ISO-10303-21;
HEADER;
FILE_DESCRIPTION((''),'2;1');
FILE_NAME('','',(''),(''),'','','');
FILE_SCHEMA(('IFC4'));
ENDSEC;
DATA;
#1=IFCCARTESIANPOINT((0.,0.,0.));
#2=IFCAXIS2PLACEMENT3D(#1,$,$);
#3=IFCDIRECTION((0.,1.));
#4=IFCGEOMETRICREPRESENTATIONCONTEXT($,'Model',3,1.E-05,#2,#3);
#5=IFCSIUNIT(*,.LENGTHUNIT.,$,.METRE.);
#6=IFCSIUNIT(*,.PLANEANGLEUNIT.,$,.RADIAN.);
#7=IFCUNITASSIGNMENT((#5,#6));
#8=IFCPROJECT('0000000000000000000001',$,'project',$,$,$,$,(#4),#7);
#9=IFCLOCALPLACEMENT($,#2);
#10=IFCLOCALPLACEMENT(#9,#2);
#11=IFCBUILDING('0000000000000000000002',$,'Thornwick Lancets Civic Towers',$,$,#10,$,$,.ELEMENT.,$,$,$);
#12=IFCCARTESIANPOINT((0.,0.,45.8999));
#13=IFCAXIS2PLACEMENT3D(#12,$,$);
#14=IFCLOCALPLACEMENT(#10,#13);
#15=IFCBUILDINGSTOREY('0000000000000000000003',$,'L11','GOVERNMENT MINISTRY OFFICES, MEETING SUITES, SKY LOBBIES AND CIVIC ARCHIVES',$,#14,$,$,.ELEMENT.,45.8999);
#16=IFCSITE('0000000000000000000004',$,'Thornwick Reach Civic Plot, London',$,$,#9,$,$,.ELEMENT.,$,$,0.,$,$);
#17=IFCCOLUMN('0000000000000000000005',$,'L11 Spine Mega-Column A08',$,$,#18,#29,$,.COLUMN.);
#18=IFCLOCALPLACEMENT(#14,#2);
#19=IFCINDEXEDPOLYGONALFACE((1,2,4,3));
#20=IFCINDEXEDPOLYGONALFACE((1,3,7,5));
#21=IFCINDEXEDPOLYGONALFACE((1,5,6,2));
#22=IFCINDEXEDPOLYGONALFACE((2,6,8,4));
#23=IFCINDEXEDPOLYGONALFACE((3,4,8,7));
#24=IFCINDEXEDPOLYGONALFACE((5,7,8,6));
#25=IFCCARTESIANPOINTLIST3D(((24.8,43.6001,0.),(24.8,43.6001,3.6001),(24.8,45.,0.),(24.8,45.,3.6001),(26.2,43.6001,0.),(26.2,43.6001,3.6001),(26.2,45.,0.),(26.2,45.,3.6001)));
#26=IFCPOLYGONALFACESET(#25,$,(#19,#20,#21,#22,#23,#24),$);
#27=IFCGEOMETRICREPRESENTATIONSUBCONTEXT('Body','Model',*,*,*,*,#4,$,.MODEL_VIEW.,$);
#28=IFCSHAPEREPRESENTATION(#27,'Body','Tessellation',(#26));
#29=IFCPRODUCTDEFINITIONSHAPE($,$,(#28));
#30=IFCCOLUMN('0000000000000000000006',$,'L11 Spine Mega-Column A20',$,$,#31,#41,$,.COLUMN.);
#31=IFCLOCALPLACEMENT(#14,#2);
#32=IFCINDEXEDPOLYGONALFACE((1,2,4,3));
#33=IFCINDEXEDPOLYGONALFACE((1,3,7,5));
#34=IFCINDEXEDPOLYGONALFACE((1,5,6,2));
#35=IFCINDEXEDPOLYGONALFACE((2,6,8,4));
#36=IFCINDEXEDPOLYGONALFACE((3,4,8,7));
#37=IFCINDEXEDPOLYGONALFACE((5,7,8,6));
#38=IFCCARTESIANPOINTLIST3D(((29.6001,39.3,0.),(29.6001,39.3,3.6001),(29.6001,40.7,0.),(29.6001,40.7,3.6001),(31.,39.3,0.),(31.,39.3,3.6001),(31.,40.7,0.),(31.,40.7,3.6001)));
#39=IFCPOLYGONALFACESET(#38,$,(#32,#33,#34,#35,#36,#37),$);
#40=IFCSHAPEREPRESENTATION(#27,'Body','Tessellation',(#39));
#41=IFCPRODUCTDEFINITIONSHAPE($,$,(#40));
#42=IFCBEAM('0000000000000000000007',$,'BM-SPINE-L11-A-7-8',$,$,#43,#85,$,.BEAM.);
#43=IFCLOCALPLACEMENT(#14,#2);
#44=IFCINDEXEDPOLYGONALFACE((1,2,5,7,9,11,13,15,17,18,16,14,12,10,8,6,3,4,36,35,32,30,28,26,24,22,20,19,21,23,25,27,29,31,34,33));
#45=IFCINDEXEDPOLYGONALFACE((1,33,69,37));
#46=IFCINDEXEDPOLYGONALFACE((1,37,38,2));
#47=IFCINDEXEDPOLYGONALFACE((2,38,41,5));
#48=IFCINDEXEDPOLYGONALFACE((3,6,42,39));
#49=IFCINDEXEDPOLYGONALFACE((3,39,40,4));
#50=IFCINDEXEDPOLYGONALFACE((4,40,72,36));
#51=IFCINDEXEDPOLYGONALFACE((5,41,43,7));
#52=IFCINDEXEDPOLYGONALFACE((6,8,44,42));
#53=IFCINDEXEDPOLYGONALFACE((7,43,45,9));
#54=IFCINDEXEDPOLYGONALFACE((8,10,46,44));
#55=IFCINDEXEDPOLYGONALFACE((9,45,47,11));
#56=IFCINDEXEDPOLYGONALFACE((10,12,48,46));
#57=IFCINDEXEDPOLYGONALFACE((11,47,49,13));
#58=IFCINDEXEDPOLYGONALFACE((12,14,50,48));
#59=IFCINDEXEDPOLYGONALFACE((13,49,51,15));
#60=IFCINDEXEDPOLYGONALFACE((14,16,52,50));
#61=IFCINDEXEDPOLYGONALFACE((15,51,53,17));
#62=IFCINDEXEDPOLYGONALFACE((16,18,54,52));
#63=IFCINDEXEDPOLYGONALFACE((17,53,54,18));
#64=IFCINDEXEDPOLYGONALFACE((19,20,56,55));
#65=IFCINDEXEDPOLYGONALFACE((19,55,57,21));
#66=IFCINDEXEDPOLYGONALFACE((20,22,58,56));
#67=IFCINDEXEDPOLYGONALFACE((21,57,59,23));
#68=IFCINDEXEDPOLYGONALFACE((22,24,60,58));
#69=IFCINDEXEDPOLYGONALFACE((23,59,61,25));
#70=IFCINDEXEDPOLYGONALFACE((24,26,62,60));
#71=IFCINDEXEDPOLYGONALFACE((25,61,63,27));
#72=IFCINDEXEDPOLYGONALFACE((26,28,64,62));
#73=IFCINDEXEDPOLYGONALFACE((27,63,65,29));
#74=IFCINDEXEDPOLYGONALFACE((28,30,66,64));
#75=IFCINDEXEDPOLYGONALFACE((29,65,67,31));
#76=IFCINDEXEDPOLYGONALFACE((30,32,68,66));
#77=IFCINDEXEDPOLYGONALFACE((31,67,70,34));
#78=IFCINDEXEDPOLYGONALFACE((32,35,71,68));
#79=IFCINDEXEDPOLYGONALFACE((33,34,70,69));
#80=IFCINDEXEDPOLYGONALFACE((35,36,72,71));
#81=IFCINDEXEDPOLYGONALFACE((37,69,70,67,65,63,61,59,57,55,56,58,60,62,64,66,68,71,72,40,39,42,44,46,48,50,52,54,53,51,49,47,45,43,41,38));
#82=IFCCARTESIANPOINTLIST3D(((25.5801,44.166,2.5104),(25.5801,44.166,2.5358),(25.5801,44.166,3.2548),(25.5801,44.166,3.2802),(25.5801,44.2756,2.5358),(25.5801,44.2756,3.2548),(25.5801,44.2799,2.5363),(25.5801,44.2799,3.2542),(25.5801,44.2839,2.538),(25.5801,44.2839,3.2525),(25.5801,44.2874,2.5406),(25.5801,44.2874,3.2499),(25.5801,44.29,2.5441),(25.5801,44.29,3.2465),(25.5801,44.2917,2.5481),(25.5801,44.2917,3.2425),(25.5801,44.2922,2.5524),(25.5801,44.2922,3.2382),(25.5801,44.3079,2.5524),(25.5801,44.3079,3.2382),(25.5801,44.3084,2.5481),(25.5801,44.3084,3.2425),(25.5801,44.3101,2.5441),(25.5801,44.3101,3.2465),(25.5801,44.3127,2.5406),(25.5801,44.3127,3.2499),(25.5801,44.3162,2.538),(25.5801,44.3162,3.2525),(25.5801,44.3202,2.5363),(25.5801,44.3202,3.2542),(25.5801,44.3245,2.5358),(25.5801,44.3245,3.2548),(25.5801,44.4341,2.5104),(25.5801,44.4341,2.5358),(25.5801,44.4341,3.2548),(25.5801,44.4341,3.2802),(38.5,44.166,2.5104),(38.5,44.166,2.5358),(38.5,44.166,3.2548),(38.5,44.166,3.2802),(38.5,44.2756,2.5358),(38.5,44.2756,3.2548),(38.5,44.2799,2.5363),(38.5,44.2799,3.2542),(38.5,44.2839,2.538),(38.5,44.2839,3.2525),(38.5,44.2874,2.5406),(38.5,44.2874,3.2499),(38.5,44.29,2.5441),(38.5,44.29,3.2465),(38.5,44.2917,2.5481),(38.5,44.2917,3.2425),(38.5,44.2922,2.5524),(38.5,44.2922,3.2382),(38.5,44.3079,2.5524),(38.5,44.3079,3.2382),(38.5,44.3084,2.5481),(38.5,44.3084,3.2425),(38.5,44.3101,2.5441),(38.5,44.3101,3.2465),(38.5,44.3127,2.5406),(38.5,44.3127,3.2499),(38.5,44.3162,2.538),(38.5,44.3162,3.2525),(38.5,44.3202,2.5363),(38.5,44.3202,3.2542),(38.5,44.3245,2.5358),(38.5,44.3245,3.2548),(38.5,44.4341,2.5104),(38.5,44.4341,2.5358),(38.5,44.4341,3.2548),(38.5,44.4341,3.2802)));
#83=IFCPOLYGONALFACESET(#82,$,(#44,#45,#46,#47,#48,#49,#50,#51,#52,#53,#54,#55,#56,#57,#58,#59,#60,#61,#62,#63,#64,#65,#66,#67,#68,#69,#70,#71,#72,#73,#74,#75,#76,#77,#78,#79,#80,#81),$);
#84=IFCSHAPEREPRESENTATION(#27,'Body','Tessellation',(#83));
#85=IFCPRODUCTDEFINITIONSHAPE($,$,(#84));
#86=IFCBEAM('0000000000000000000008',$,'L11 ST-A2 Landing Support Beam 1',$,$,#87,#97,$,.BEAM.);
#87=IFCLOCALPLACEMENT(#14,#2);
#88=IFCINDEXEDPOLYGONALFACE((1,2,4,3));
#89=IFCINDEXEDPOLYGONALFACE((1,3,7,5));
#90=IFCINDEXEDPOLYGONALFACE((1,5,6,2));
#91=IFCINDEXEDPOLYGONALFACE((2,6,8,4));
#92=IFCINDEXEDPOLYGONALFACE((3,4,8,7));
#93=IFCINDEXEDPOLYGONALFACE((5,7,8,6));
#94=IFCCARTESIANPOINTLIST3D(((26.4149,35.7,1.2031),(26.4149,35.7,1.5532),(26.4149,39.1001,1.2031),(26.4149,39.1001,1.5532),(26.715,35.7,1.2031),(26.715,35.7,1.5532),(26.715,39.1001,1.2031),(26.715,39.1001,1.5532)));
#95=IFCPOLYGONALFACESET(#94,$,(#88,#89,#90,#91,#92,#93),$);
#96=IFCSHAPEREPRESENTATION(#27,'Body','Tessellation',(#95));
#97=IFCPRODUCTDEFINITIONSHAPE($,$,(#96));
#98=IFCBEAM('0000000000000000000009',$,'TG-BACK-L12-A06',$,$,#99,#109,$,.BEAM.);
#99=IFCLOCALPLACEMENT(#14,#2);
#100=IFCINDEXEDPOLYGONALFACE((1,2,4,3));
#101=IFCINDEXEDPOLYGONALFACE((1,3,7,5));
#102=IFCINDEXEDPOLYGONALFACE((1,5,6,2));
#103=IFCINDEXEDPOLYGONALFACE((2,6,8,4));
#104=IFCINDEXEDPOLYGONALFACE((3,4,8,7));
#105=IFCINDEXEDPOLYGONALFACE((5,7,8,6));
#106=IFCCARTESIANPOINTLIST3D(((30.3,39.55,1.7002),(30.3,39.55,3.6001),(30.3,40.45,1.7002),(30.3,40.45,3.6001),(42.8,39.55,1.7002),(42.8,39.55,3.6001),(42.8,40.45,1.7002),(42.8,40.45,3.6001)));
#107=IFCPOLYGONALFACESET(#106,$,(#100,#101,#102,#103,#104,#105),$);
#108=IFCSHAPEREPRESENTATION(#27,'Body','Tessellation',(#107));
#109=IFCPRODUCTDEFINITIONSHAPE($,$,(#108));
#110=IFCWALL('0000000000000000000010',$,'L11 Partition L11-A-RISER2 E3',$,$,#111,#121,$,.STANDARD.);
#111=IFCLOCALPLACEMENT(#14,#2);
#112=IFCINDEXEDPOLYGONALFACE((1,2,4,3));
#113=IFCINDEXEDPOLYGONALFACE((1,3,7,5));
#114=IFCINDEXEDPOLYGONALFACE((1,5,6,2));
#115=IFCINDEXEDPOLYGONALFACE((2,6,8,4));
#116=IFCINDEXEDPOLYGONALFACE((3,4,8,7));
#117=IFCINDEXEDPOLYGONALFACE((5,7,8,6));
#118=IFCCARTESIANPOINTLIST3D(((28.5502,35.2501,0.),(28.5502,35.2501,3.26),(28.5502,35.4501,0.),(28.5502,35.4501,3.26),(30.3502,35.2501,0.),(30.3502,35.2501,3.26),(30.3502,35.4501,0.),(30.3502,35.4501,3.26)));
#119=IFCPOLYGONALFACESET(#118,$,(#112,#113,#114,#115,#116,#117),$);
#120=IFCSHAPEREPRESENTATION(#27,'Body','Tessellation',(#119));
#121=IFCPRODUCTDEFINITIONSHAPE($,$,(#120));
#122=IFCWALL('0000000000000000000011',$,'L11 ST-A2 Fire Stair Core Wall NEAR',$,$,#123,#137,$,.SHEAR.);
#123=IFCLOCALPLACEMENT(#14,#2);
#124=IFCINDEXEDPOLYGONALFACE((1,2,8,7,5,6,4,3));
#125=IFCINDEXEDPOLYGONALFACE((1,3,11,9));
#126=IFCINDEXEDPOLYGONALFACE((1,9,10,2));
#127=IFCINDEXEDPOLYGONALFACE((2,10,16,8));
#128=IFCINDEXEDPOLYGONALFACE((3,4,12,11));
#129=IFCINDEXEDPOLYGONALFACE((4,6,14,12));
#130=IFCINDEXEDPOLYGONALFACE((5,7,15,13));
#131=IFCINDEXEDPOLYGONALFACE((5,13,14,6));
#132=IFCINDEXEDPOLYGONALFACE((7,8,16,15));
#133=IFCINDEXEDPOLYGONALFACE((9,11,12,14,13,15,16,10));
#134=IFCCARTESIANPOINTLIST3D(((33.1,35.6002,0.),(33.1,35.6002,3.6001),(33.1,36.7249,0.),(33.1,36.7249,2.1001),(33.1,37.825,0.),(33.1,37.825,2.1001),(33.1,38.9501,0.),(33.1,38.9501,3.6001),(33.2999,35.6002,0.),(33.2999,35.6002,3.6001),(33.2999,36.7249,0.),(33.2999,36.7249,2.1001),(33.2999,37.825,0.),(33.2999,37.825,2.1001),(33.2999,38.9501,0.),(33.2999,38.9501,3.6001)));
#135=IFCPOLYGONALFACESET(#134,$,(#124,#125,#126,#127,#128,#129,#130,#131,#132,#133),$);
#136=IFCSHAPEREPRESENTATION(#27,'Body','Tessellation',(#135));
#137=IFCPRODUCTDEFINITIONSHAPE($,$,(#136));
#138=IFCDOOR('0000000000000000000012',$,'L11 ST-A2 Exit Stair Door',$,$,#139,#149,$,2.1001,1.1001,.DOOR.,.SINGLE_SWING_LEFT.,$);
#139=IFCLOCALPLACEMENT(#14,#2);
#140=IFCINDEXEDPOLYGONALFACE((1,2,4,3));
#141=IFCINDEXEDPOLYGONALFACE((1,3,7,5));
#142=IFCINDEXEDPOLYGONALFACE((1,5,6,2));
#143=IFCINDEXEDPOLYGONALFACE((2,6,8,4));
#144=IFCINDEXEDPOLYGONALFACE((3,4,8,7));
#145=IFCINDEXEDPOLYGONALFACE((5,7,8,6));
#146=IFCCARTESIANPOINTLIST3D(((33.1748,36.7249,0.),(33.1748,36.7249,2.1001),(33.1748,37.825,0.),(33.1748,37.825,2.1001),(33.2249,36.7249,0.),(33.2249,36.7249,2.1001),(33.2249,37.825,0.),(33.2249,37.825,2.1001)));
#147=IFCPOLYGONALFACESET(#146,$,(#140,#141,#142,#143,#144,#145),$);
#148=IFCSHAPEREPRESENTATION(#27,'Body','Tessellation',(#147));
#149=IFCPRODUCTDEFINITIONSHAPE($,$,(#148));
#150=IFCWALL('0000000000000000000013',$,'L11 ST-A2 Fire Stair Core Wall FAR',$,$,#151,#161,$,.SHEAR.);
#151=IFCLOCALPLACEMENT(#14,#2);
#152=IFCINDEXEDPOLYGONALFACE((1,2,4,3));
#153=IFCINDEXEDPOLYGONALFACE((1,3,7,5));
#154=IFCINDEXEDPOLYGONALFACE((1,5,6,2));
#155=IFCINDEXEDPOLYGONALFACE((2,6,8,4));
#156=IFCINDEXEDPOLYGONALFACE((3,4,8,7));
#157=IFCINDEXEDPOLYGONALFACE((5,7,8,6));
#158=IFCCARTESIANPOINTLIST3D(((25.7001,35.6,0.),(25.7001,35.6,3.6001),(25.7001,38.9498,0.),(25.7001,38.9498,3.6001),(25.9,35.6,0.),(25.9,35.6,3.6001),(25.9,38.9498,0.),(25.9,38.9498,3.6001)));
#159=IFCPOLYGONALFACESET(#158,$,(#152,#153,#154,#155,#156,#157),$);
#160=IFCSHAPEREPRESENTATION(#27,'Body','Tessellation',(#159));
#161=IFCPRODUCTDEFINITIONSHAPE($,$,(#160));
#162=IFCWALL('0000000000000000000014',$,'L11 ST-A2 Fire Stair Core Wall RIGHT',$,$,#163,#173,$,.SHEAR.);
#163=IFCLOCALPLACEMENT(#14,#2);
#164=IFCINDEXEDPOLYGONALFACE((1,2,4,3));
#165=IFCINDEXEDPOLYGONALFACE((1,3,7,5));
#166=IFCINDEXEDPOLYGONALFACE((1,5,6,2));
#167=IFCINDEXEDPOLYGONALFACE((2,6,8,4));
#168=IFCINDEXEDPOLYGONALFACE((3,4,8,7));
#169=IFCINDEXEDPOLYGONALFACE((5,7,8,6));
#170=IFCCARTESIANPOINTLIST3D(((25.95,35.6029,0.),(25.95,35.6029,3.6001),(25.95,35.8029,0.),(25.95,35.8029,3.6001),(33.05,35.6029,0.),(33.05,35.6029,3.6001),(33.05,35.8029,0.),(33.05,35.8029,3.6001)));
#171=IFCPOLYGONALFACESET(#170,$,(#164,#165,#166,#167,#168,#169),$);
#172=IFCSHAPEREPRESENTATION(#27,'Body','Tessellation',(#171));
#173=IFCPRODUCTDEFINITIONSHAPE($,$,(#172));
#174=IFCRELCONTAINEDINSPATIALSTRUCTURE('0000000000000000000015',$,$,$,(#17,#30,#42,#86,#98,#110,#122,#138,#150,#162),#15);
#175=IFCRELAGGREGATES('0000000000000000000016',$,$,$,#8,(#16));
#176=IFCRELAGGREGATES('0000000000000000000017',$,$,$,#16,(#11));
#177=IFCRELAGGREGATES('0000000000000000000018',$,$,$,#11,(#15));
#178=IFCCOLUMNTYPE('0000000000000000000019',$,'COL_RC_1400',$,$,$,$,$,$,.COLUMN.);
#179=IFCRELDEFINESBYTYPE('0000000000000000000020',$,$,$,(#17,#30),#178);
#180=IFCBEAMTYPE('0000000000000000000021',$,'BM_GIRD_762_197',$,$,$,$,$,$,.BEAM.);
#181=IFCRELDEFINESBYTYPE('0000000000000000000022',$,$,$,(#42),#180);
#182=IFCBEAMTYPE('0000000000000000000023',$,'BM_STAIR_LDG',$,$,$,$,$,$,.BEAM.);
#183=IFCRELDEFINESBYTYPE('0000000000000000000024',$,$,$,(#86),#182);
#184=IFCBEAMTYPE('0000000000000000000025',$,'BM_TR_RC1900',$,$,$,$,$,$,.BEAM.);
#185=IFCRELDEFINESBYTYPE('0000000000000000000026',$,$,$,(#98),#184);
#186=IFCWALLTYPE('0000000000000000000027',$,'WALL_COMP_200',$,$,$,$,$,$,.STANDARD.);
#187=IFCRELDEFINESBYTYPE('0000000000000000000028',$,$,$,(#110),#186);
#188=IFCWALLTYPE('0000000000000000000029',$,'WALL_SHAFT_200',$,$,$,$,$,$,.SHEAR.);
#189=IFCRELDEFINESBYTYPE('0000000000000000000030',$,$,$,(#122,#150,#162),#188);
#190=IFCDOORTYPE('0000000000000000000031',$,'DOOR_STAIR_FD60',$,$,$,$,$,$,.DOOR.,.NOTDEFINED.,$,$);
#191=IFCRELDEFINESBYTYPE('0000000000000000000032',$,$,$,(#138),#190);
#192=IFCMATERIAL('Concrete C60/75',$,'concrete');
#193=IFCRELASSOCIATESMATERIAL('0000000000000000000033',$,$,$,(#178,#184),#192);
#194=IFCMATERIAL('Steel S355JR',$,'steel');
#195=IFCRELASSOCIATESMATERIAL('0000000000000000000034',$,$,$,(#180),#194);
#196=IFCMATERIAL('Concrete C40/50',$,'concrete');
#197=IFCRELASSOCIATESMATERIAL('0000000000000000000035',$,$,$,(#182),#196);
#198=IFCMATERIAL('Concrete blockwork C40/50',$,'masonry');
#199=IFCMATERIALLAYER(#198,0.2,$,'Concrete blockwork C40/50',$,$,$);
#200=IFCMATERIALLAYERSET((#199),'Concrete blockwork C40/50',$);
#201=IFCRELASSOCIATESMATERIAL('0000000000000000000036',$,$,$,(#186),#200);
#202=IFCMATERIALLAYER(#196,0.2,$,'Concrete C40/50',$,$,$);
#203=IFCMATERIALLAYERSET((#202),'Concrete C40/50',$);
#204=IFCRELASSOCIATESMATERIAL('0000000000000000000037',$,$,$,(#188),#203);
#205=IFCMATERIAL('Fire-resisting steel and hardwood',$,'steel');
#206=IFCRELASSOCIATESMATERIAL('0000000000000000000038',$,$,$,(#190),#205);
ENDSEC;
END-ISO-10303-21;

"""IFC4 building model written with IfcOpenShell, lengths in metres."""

from ifc_helpers import new_model, si_unit, direction, frame, frame_2d, origin, origin_2d, place, context, subcontext, project, spatial, rectangle, i_section, extrude, material, layer, layer_set, material_profile, profile_set, type_object, element, fill, save


model = new_model("IFC4")

# Units and contexts
model_context = context("Model", 3, precision=1e-05, world=origin(), true_north=direction((0.0, 1.0)))
body_context = subcontext(model_context, "Body", "Model", "MODEL_VIEW")
ifc_project = project(units=[si_unit("LENGTHUNIT", "METRE"), si_unit("PLANEANGLEUNIT", "RADIAN")], contexts=[model_context])

# Site, building, storey
site_placement = place(None, origin())
site = spatial("IfcSite", under=ifc_project, at=site_placement, Name="Thornwick Reach Civic Plot, London", CompositionType="ELEMENT", RefElevation=0.0)
building_placement = place(site_placement, origin())
building = spatial("IfcBuilding", under=site, at=building_placement, Name="Thornwick Lancets Civic Towers", CompositionType="ELEMENT")
storey_placement = place(building_placement, frame((0.0, 0.0, 45.8999)))
storey = spatial("IfcBuildingStorey", under=building, at=storey_placement, Name="L11", Description="GOVERNMENT MINISTRY OFFICES, MEETING SUITES, SKY LOBBIES AND CIVIC ARCHIVES", CompositionType="ELEMENT", Elevation=45.8999)

# Columns
ifc_material_1 = material(Name="Concrete C60/75", Category="concrete")
ifc_material_profile_1 = material_profile(ifc_material_1, rectangle(XDim=1.3999, YDim=1.3999, at=origin_2d()), Name="RC 1400x1400")
ifc_profile_set_1 = profile_set([ifc_material_profile_1], Name="Concrete C60/75")
column_type = type_object("IfcColumnType", Name="COL_RC_1400", PredefinedType="COLUMN", material=ifc_profile_set_1)
for number, where, z_axis, x_axis, name in (
    (1, (25.5, 44.3, 0.0), (0.0, 0.0, 1.0), (1.0, 0.0, 0.0), "L11 Spine Mega-Column A08"),
    (2, (30.3, 40.0, 0.0), (0.0, 0.0, 1.0), (1.0, 0.0, 0.0), "L11 Spine Mega-Column A20"),
):
    element("IfcColumn", number, at=place(storey_placement, frame(where, z_axis=z_axis, x_axis=x_axis)), inside=storey, type_object=column_type, Name=name, PredefinedType="COLUMN", context=body_context, shape_type="SweptSolid", body=[
        extrude(rectangle(XDim=1.3999, YDim=1.3999, at=origin_2d()), origin(), (0.0, 0.0, 1.0), 3.6001),
    ])

# Beams
ifc_material_2 = material(Name="Steel S355JR", Category="steel")
ifc_material_profile_2 = material_profile(ifc_material_2, i_section(OverallWidth=0.2681, OverallDepth=0.7698, WebThickness=0.0156, FlangeThickness=0.0254, FilletRadius=0.0166, at=origin_2d()), Name="UKB 762x267x197")
ifc_profile_set_2 = profile_set([ifc_material_profile_2], Name="Steel S355JR")
beam_type_1 = type_object("IfcBeamType", Name="BM_GIRD_762_197", PredefinedType="BEAM", material=ifc_profile_set_2)
beam_1_placement = place(storey_placement, frame((25.5801, 44.3, 2.8953), z_axis=(1.0, 0.0, 0.0), x_axis=(0.0, 1.0, 0.0)))
element("IfcBeam", 3, at=beam_1_placement, inside=storey, type_object=beam_type_1, Name="BM-SPINE-L11-A-7-8", PredefinedType="BEAM", context=body_context, shape_type="SweptSolid", body=[
    extrude(i_section(OverallWidth=0.2681, OverallDepth=0.7698, WebThickness=0.0156, FlangeThickness=0.0254, FilletRadius=0.0166, at=origin_2d()), origin(), (0.0, 0.0, 1.0), 12.9199),
])
ifc_material_3 = material(Name="Concrete C40/50", Category="concrete")
ifc_material_profile_3 = material_profile(ifc_material_3, rectangle(XDim=0.3, YDim=0.3501, at=origin_2d()), Name="RC 300x350")
ifc_profile_set_3 = profile_set([ifc_material_profile_3], Name="Concrete C40/50")
beam_type_2 = type_object("IfcBeamType", Name="BM_STAIR_LDG", PredefinedType="BEAM", material=ifc_profile_set_3)
beam_2_placement = place(storey_placement, frame((26.5649, 39.1001, 1.3782), z_axis=(0.0, -1.0, 0.0), x_axis=(1.0, 0.0, 0.0)))
element("IfcBeam", 4, at=beam_2_placement, inside=storey, type_object=beam_type_2, Name="L11 ST-A2 Landing Support Beam 1", PredefinedType="BEAM", context=body_context, shape_type="SweptSolid", body=[
    extrude(rectangle(XDim=0.3, YDim=0.3501, at=origin_2d()), origin(), (0.0, 0.0, 1.0), 3.4001),
])
ifc_material_profile_4 = material_profile(ifc_material_1, rectangle(XDim=0.8999, YDim=1.8999, at=origin_2d()), Name="RC 900x1900")
ifc_profile_set_4 = profile_set([ifc_material_profile_4], Name="Concrete C60/75")
beam_type_3 = type_object("IfcBeamType", Name="BM_TR_RC1900", PredefinedType="BEAM", material=ifc_profile_set_4)
beam_3_placement = place(storey_placement, frame((30.3, 40.0, 2.6501), z_axis=(1.0, 0.0, 0.0), x_axis=(0.0, 1.0, 0.0)))
element("IfcBeam", 5, at=beam_3_placement, inside=storey, type_object=beam_type_3, Name="TG-BACK-L12-A06", PredefinedType="BEAM", context=body_context, shape_type="SweptSolid", body=[
    extrude(rectangle(XDim=0.8999, YDim=1.8999, at=origin_2d()), origin(), (0.0, 0.0, 1.0), 12.5),
])

# Wall
ifc_material_4 = material(Name="Concrete blockwork C40/50", Category="masonry")
ifc_layer_1 = layer(ifc_material_4, 0.2, Name="Concrete blockwork C40/50")
ifc_layer_set_1 = layer_set([ifc_layer_1], Name="Concrete blockwork C40/50")
wall_type_1 = type_object("IfcWallType", Name="WALL_COMP_200", PredefinedType="STANDARD", material=ifc_layer_set_1)
wall_1_placement = place(storey_placement, frame((30.3501, 35.3501, 0.0), z_axis=(0.0, 0.0, 1.0), x_axis=(-1.0, 0.0, 0.0)))
element("IfcWall", 6, at=wall_1_placement, inside=storey, type_object=wall_type_1, Name="L11 Partition L11-A-RISER2 E3", PredefinedType="STANDARD", context=body_context, shape_type="SweptSolid", body=[
    extrude(rectangle(XDim=1.8, YDim=0.2, at=frame_2d((0.8999, 0.0))), origin(), (0.0, 0.0, 1.0), 3.26),
])

# Wall, opening, door
ifc_layer_2 = layer(ifc_material_3, 0.2, Name="Concrete C40/50")
ifc_layer_set_2 = layer_set([ifc_layer_2], Name="Concrete C40/50")
wall_type_2 = type_object("IfcWallType", Name="WALL_SHAFT_200", PredefinedType="SHEAR", material=ifc_layer_set_2)
wall_2_placement = place(storey_placement, frame((33.2, 38.95, 0.0), z_axis=(0.0, 0.0, 1.0), x_axis=(0.0, -1.0, 0.0)))
wall_2 = element("IfcWall", 7, at=wall_2_placement, inside=storey, type_object=wall_type_2, Name="L11 ST-A2 Fire Stair Core Wall NEAR", PredefinedType="SHEAR", context=body_context, shape_type="SweptSolid", body=[
    extrude(rectangle(XDim=3.3499, YDim=0.2, at=frame_2d((1.6748, 0.0))), origin(), (0.0, 0.0, 1.0), 3.6001),
])
opening_placement = place(wall_2_placement, frame((1.125, 0.0, 0.0)))
opening = element("IfcOpeningElement", 8, at=opening_placement, cuts=wall_2, PredefinedType="OPENING", context=body_context, shape_type="SweptSolid", body=[
    extrude(rectangle(XDim=1.1001, YDim=2.1001, at=frame_2d((0.55, 1.05))), frame((0.0, 0.1099, 0.0), z_axis=(0.0, -1.0, 0.0), x_axis=(1.0, 0.0, 0.0)), (0.0, 0.0, 1.0), 0.22),
])
ifc_material_5 = material(Name="Fire-resisting steel and hardwood", Category="steel")
door_type = type_object("IfcDoorType", Name="DOOR_STAIR_FD60", OperationType="NOTDEFINED", PredefinedType="DOOR", material=ifc_material_5)
door_placement = place(opening_placement, origin())
door = element("IfcDoor", 9, at=door_placement, inside=storey, type_object=door_type, Name="L11 ST-A2 Exit Stair Door", OperationType="SINGLE_SWING_LEFT", OverallHeight=2.1001, OverallWidth=1.1001, PredefinedType="DOOR", context=body_context, shape_type="SweptSolid", body=[
    extrude(rectangle(XDim=1.1001, YDim=2.1001, at=frame_2d((0.55, 1.05))), frame((0.0, 0.0249, 0.0), z_axis=(0.0, -1.0, 0.0), x_axis=(1.0, 0.0, 0.0)), (0.0, 0.0, 1.0), 0.05),
])
fill(opening, door)

# Walls
wall_3_placement = place(storey_placement, frame((25.8, 35.6001, 0.0), z_axis=(0.0, 0.0, 1.0), x_axis=(0.0, 1.0, 0.0)))
element("IfcWall", 10, at=wall_3_placement, inside=storey, type_object=wall_type_2, Name="L11 ST-A2 Fire Stair Core Wall FAR", PredefinedType="SHEAR", context=body_context, shape_type="SweptSolid", body=[
    extrude(rectangle(XDim=3.3499, YDim=0.2, at=frame_2d((1.6748, 0.0))), origin(), (0.0, 0.0, 1.0), 3.6001),
])
wall_4_placement = place(storey_placement, frame((25.95, 35.7029, 0.0), z_axis=(0.0, 0.0, 1.0), x_axis=(1.0, 0.0, 0.0)))
element("IfcWall", 11, at=wall_4_placement, inside=storey, type_object=wall_type_2, Name="L11 ST-A2 Fire Stair Core Wall RIGHT", PredefinedType="SHEAR", context=body_context, shape_type="SweptSolid", body=[
    extrude(rectangle(XDim=7.1001, YDim=0.2, at=frame_2d((3.55, 0.0))), origin(), (0.0, 0.0, 1.0), 3.6001),
])

save(model, "model.ifc")
